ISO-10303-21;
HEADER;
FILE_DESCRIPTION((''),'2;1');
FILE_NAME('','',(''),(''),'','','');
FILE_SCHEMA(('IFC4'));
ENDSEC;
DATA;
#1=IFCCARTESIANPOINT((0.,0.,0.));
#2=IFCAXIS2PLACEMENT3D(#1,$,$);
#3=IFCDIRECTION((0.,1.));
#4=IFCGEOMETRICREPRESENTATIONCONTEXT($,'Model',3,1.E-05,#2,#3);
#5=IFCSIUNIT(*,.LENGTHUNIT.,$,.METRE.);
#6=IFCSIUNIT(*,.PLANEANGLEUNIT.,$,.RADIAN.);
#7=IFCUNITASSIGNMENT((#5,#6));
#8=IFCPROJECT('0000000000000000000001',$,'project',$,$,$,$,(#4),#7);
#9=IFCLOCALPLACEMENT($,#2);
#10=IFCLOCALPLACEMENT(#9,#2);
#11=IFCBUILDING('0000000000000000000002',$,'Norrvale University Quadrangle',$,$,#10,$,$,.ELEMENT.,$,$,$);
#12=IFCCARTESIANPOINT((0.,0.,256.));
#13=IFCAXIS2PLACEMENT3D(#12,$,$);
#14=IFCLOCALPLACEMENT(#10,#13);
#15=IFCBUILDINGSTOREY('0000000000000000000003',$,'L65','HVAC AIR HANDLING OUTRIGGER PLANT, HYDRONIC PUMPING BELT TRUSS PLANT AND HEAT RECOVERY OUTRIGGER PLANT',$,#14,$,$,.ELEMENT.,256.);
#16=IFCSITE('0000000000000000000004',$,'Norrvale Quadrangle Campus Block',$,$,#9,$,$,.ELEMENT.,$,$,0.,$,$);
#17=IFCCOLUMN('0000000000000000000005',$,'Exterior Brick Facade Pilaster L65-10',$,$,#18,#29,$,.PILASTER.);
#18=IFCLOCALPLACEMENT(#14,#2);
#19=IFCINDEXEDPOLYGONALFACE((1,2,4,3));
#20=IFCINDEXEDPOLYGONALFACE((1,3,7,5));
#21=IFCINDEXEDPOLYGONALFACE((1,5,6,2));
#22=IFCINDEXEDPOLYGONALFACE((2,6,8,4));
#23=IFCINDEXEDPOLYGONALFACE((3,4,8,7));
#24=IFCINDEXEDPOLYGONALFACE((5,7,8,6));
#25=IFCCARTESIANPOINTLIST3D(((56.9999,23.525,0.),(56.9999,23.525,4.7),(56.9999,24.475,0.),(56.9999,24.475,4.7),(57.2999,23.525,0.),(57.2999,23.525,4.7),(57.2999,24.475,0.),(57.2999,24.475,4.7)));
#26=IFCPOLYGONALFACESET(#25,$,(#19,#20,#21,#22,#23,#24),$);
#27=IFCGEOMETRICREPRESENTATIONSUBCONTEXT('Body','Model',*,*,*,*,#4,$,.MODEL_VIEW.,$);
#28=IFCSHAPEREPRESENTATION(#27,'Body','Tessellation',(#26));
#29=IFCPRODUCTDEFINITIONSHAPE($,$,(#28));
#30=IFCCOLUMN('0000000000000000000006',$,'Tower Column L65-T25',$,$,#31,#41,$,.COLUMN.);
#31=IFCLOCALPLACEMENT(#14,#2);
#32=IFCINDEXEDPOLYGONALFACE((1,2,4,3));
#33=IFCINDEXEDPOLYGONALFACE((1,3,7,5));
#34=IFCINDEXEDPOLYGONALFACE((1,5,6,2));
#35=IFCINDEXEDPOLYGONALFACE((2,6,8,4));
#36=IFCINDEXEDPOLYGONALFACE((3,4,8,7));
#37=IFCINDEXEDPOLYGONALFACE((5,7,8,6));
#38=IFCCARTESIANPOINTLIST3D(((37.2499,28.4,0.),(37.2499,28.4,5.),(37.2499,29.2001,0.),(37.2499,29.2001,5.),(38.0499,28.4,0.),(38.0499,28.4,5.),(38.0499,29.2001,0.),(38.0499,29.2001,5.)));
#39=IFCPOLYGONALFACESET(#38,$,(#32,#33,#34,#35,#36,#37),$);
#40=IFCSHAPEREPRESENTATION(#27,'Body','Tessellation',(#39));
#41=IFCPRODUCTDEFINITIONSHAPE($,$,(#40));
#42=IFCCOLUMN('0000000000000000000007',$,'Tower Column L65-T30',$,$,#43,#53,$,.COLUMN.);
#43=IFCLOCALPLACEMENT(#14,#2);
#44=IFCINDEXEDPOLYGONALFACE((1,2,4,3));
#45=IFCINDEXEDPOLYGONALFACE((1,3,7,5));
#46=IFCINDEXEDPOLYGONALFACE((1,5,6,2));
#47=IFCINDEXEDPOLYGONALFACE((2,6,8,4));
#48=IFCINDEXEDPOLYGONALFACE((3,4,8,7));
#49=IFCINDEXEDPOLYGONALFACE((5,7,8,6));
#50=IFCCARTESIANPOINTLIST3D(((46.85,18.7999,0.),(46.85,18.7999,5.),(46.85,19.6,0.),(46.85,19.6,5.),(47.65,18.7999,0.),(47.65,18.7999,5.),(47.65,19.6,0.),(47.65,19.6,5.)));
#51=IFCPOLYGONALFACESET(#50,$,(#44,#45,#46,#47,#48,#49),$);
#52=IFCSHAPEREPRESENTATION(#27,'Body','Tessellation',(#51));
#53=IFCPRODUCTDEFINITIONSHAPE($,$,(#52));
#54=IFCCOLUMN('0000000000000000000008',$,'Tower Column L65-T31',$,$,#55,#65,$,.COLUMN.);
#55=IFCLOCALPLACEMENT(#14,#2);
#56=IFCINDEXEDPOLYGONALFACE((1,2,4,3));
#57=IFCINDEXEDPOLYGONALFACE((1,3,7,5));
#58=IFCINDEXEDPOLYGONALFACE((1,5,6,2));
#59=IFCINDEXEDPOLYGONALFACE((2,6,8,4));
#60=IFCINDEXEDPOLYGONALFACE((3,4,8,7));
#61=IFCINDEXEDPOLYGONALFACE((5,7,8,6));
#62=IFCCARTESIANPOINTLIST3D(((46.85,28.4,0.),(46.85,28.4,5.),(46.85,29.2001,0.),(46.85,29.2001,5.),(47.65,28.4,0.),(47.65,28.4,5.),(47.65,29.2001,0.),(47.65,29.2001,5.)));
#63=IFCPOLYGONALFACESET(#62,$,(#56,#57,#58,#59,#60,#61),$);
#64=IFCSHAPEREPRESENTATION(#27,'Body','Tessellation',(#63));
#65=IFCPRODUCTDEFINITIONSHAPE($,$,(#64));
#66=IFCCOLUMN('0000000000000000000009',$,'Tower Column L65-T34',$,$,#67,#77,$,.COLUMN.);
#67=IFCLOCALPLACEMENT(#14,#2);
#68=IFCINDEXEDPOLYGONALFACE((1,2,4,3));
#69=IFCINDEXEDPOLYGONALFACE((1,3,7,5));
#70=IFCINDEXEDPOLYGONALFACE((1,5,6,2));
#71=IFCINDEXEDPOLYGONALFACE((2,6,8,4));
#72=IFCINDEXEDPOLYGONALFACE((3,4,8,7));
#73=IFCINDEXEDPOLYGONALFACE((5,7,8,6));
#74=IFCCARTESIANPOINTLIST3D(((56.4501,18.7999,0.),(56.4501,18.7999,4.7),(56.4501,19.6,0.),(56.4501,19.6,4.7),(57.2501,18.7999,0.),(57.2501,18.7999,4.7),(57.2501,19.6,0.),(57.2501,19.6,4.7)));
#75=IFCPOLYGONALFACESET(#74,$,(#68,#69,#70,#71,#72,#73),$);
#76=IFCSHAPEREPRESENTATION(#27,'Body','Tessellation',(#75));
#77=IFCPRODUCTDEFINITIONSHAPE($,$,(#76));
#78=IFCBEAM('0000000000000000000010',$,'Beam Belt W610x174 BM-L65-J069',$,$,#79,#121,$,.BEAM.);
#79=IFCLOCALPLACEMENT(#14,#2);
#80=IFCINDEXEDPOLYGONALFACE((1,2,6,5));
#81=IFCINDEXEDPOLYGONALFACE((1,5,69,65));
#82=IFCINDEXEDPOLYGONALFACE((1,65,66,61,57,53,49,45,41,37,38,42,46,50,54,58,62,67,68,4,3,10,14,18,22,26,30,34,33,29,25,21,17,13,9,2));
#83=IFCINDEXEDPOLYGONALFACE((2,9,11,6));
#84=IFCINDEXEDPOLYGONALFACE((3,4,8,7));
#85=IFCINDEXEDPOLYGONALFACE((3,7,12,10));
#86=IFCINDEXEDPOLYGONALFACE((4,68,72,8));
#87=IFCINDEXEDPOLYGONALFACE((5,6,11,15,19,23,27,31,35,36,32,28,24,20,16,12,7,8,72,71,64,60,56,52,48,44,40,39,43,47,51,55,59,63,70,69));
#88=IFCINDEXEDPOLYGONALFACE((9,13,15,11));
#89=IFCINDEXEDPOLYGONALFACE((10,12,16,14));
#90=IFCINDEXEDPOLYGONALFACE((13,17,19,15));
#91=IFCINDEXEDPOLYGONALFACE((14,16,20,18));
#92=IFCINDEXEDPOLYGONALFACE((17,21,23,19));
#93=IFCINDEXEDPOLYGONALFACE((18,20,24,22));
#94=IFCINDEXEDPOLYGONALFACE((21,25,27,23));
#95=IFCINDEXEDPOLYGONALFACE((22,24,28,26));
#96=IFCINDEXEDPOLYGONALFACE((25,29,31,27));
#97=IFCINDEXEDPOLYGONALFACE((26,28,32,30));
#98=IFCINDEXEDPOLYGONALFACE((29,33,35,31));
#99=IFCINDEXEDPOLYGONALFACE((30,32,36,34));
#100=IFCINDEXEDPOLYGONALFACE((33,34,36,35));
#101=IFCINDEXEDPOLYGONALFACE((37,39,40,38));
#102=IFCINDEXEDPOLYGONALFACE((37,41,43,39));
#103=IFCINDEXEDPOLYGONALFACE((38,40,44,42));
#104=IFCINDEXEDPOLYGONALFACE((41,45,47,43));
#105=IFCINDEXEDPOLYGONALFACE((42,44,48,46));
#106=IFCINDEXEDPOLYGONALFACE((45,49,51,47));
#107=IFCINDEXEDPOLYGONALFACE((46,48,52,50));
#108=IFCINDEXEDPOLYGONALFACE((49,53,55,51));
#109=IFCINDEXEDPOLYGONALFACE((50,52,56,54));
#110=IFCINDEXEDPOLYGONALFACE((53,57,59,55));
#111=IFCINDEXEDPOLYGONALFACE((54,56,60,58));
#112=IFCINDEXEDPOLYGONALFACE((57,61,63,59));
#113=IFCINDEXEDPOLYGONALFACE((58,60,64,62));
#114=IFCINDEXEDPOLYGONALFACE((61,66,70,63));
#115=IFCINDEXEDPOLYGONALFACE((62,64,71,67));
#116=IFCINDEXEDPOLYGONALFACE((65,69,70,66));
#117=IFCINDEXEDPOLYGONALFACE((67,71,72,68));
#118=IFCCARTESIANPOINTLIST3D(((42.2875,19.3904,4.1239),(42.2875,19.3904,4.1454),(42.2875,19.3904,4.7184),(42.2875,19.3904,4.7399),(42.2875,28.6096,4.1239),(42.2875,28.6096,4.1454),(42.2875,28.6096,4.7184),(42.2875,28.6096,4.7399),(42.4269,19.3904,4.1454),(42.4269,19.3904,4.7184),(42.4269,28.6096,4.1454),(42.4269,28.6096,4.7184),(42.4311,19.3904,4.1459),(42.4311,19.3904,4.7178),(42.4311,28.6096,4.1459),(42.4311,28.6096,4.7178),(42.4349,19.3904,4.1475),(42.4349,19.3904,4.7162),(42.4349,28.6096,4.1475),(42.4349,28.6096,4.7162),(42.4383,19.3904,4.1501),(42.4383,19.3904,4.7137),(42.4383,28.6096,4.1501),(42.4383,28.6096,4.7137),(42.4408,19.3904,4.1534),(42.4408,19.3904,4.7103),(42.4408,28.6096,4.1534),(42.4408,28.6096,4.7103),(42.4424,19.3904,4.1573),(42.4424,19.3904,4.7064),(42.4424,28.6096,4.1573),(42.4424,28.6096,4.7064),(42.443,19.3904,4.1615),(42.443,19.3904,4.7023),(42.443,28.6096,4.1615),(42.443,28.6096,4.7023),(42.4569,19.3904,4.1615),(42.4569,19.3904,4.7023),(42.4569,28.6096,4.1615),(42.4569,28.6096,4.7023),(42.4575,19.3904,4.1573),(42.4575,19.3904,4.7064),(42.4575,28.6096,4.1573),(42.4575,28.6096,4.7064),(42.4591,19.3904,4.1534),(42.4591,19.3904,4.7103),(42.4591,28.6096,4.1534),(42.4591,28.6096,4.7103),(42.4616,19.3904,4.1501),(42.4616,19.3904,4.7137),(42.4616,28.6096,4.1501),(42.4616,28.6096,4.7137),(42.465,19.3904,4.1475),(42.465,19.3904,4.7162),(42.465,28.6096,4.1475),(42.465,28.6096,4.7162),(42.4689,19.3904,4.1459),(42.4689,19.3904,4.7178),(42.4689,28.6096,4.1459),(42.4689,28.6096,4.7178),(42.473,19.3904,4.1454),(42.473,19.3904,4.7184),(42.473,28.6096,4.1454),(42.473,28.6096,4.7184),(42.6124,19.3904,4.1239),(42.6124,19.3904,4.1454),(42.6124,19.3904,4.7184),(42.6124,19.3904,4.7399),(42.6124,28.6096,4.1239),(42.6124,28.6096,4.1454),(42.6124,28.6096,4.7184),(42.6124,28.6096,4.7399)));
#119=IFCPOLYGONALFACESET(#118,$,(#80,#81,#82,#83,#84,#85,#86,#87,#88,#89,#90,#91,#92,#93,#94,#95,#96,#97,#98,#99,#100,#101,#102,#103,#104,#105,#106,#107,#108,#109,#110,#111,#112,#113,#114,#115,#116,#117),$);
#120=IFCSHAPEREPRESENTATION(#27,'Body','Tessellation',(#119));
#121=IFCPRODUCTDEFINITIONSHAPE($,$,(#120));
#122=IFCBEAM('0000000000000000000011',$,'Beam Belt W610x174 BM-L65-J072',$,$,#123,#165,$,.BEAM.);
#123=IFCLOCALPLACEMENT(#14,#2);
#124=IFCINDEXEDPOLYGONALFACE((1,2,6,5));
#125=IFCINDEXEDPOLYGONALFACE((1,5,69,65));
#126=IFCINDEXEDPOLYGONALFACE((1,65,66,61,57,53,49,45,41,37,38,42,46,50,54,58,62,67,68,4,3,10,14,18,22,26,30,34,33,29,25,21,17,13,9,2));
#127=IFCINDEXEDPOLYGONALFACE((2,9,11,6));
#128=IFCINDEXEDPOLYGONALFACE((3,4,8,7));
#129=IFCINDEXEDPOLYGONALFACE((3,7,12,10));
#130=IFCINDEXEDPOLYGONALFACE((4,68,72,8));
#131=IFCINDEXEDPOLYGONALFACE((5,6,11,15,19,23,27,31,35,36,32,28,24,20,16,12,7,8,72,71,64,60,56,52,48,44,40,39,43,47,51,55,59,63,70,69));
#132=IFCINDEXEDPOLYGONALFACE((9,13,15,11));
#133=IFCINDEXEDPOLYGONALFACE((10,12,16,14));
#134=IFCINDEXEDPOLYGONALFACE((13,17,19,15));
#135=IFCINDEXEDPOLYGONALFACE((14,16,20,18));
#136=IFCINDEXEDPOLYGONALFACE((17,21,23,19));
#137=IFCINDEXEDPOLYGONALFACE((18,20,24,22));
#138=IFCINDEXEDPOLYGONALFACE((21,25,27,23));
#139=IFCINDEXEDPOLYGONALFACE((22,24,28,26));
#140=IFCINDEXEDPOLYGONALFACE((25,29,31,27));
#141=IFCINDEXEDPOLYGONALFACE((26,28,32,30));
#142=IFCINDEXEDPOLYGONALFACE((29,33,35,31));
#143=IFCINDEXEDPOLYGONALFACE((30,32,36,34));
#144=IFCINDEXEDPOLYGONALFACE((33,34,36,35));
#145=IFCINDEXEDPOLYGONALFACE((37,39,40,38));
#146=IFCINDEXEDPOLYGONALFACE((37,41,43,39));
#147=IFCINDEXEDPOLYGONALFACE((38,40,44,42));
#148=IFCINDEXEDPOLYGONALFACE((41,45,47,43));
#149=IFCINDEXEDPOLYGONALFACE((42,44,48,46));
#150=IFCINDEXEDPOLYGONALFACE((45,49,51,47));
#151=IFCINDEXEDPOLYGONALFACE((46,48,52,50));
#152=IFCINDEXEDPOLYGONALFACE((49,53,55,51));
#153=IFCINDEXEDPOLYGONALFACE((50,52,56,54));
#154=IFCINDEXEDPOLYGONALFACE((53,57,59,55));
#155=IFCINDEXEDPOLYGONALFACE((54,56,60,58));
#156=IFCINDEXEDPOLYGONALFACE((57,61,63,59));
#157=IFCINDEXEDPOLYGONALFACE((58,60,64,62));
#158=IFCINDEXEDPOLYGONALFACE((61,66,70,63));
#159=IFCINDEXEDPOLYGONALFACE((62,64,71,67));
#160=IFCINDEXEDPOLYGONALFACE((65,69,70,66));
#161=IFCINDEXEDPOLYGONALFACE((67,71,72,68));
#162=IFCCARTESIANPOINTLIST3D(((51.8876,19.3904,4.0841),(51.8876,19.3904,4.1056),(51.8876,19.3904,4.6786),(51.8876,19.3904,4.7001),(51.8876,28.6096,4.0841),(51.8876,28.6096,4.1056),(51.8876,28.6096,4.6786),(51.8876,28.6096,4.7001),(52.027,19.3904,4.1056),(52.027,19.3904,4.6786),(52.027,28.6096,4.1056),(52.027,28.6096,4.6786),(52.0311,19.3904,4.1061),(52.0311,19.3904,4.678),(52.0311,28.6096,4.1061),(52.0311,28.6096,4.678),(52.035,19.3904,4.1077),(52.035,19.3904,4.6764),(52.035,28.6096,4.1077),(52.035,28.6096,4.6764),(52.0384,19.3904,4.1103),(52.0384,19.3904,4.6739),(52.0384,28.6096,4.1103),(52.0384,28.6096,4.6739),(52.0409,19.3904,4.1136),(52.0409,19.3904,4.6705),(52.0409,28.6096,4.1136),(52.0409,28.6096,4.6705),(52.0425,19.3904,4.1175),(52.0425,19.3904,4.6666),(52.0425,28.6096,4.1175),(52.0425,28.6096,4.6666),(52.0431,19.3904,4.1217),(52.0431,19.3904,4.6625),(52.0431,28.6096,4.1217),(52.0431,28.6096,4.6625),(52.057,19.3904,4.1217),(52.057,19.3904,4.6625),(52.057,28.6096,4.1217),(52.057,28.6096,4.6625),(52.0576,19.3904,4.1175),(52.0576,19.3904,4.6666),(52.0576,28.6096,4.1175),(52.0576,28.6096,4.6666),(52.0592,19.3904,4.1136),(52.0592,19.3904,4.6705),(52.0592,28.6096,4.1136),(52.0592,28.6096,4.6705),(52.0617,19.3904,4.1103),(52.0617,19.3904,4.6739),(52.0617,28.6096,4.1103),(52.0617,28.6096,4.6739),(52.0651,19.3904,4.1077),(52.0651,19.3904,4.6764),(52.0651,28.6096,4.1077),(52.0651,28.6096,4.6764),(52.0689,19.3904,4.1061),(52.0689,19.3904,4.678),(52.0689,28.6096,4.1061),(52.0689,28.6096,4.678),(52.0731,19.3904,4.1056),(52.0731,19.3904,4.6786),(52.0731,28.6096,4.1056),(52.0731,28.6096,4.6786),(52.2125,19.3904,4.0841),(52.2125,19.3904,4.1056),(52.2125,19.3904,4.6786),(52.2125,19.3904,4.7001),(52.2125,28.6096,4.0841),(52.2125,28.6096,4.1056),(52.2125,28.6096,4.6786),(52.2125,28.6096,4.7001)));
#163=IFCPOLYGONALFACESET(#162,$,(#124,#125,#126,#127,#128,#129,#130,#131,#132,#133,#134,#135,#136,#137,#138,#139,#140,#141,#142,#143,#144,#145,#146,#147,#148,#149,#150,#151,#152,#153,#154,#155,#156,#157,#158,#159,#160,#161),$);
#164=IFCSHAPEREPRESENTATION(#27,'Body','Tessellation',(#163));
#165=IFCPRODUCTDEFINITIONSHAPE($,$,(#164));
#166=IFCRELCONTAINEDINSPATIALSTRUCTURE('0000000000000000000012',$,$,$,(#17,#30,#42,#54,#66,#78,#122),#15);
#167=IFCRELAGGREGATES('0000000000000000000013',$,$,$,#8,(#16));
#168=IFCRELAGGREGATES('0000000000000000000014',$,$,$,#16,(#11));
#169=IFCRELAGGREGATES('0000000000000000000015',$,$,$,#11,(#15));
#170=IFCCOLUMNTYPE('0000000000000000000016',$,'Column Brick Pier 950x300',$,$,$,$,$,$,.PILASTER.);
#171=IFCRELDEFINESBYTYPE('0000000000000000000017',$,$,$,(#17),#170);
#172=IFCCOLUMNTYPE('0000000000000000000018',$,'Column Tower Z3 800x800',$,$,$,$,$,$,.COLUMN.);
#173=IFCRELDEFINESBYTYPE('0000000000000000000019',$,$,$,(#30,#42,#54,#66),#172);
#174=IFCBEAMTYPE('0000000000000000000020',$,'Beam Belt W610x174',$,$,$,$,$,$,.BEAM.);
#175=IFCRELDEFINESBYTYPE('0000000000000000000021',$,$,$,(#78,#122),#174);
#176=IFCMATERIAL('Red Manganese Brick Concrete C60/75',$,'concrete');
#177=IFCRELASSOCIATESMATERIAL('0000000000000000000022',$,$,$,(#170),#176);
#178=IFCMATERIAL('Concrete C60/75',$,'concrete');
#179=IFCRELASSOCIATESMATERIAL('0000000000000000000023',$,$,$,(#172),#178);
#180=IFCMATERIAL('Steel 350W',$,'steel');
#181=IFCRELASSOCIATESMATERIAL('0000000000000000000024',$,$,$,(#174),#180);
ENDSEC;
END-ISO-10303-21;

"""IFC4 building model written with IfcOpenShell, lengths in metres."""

from ifc_helpers import new_model, si_unit, direction, frame, origin, origin_2d, place, context, subcontext, project, spatial, rectangle, i_section, extrude, material, material_profile, profile_set, type_object, element, save


model = new_model("IFC4")

# Units and contexts
model_context = context("Model", 3, precision=1e-05, world=origin(), true_north=direction((0.0, 1.0)))
body_context = subcontext(model_context, "Body", "Model", "MODEL_VIEW")
ifc_project = project(units=[si_unit("LENGTHUNIT", "METRE"), si_unit("PLANEANGLEUNIT", "RADIAN")], contexts=[model_context])

# Site, building, storey
site_placement = place(None, origin())
site = spatial("IfcSite", under=ifc_project, at=site_placement, Name="Norrvale Quadrangle Campus Block", CompositionType="ELEMENT", RefElevation=0.0)
building_placement = place(site_placement, origin())
building = spatial("IfcBuilding", under=site, at=building_placement, Name="Norrvale University Quadrangle", CompositionType="ELEMENT")
storey_placement = place(building_placement, frame((0.0, 0.0, 256.0)))
storey = spatial("IfcBuildingStorey", under=building, at=storey_placement, Name="L65", Description="HVAC AIR HANDLING OUTRIGGER PLANT, HYDRONIC PUMPING BELT TRUSS PLANT AND HEAT RECOVERY OUTRIGGER PLANT", CompositionType="ELEMENT", Elevation=256.0)

# Columns
ifc_material_1 = material(Name="Red Manganese Brick Concrete C60/75", Category="concrete")
ifc_material_profile_1 = material_profile(ifc_material_1, rectangle(XDim=0.95, YDim=0.3, at=origin_2d()), Name="Red Manganese Brick Concrete C60/75")
ifc_profile_set_1 = profile_set([ifc_material_profile_1], Name="Red Manganese Brick Concrete C60/75")
column_type_1 = type_object("IfcColumnType", Name="Column Brick Pier 950x300", PredefinedType="PILASTER", material=ifc_profile_set_1)
column_1_placement = place(storey_placement, frame((57.1499, 24.0, 0.0), z_axis=(0.0, 0.0, 1.0), x_axis=(0.0, 1.0, 0.0)))
element("IfcColumn", 1, at=column_1_placement, inside=storey, type_object=column_type_1, Name="Exterior Brick Facade Pilaster L65-10", PredefinedType="PILASTER", context=body_context, shape_type="SweptSolid", body=[
    extrude(rectangle(XDim=0.95, YDim=0.3, at=origin_2d()), origin(), (0.0, 0.0, 1.0), 4.7),
])
ifc_material_2 = material(Name="Concrete C60/75", Category="concrete")
ifc_material_profile_2 = material_profile(ifc_material_2, rectangle(XDim=0.8, YDim=0.8, at=origin_2d()), Name="Concrete C60/75")
ifc_profile_set_2 = profile_set([ifc_material_profile_2], Name="Concrete C60/75")
column_type_2 = type_object("IfcColumnType", Name="Column Tower Z3 800x800", PredefinedType="COLUMN", material=ifc_profile_set_2)
for number, where, z_axis, x_axis, name in (
    (2, (37.6499, 28.8, 0.0), (0.0, 0.0, 1.0), (1.0, 0.0, 0.0), "Tower Column L65-T25"),
    (3, (47.25, 19.2, 0.0), (0.0, 0.0, 1.0), (1.0, 0.0, 0.0), "Tower Column L65-T30"),
    (4, (47.25, 28.8, 0.0), (0.0, 0.0, 1.0), (1.0, 0.0, 0.0), "Tower Column L65-T31"),
):
    element("IfcColumn", number, at=place(storey_placement, frame(where, z_axis=z_axis, x_axis=x_axis)), inside=storey, type_object=column_type_2, Name=name, PredefinedType="COLUMN", context=body_context, shape_type="SweptSolid", body=[
        extrude(rectangle(XDim=0.8, YDim=0.8, at=origin_2d()), origin(), (0.0, 0.0, 1.0), 5.0),
    ])
column_2_placement = place(storey_placement, frame((56.8501, 19.2, 0.0), z_axis=(0.0, 0.0, 1.0), x_axis=(1.0, 0.0, 0.0)))
element("IfcColumn", 5, at=column_2_placement, inside=storey, type_object=column_type_2, Name="Tower Column L65-T34", PredefinedType="COLUMN", context=body_context, shape_type="SweptSolid", body=[
    extrude(rectangle(XDim=0.8, YDim=0.8, at=origin_2d()), origin(), (0.0, 0.0, 1.0), 4.7),
])

# Beams
ifc_material_3 = material(Name="Steel 350W", Category="steel")
ifc_material_profile_3 = material_profile(ifc_material_3, i_section(OverallWidth=0.325, OverallDepth=0.616, WebThickness=0.0139, FlangeThickness=0.0215, FilletRadius=0.0161, at=origin_2d()), Name="Steel 350W")
ifc_profile_set_3 = profile_set([ifc_material_profile_3], Name="Steel 350W")
beam_type_1 = type_object("IfcBeamType", Name="Beam Belt W610x174", PredefinedType="BEAM", material=ifc_profile_set_3)
for number, where, z_axis, x_axis, name in (
    (6, (42.45, 19.3904, 4.4319), (0.0, 1.0, 0.0), (-1.0, 0.0, 0.0), "Beam Belt W610x174 BM-L65-J069"),
    (7, (52.05, 19.3904, 4.3921), (0.0, 1.0, 0.0), (-1.0, 0.0, 0.0), "Beam Belt W610x174 BM-L65-J072"),
):
    element("IfcBeam", number, at=place(storey_placement, frame(where, z_axis=z_axis, x_axis=x_axis)), inside=storey, type_object=beam_type_1, Name=name, PredefinedType="BEAM", context=body_context, shape_type="SweptSolid", body=[
        extrude(i_section(OverallWidth=0.325, OverallDepth=0.616, WebThickness=0.0139, FlangeThickness=0.0215, FilletRadius=0.0161, at=origin_2d()), origin(), (0.0, 0.0, 1.0), 9.2192),
    ])

save(model, "model.ifc")
